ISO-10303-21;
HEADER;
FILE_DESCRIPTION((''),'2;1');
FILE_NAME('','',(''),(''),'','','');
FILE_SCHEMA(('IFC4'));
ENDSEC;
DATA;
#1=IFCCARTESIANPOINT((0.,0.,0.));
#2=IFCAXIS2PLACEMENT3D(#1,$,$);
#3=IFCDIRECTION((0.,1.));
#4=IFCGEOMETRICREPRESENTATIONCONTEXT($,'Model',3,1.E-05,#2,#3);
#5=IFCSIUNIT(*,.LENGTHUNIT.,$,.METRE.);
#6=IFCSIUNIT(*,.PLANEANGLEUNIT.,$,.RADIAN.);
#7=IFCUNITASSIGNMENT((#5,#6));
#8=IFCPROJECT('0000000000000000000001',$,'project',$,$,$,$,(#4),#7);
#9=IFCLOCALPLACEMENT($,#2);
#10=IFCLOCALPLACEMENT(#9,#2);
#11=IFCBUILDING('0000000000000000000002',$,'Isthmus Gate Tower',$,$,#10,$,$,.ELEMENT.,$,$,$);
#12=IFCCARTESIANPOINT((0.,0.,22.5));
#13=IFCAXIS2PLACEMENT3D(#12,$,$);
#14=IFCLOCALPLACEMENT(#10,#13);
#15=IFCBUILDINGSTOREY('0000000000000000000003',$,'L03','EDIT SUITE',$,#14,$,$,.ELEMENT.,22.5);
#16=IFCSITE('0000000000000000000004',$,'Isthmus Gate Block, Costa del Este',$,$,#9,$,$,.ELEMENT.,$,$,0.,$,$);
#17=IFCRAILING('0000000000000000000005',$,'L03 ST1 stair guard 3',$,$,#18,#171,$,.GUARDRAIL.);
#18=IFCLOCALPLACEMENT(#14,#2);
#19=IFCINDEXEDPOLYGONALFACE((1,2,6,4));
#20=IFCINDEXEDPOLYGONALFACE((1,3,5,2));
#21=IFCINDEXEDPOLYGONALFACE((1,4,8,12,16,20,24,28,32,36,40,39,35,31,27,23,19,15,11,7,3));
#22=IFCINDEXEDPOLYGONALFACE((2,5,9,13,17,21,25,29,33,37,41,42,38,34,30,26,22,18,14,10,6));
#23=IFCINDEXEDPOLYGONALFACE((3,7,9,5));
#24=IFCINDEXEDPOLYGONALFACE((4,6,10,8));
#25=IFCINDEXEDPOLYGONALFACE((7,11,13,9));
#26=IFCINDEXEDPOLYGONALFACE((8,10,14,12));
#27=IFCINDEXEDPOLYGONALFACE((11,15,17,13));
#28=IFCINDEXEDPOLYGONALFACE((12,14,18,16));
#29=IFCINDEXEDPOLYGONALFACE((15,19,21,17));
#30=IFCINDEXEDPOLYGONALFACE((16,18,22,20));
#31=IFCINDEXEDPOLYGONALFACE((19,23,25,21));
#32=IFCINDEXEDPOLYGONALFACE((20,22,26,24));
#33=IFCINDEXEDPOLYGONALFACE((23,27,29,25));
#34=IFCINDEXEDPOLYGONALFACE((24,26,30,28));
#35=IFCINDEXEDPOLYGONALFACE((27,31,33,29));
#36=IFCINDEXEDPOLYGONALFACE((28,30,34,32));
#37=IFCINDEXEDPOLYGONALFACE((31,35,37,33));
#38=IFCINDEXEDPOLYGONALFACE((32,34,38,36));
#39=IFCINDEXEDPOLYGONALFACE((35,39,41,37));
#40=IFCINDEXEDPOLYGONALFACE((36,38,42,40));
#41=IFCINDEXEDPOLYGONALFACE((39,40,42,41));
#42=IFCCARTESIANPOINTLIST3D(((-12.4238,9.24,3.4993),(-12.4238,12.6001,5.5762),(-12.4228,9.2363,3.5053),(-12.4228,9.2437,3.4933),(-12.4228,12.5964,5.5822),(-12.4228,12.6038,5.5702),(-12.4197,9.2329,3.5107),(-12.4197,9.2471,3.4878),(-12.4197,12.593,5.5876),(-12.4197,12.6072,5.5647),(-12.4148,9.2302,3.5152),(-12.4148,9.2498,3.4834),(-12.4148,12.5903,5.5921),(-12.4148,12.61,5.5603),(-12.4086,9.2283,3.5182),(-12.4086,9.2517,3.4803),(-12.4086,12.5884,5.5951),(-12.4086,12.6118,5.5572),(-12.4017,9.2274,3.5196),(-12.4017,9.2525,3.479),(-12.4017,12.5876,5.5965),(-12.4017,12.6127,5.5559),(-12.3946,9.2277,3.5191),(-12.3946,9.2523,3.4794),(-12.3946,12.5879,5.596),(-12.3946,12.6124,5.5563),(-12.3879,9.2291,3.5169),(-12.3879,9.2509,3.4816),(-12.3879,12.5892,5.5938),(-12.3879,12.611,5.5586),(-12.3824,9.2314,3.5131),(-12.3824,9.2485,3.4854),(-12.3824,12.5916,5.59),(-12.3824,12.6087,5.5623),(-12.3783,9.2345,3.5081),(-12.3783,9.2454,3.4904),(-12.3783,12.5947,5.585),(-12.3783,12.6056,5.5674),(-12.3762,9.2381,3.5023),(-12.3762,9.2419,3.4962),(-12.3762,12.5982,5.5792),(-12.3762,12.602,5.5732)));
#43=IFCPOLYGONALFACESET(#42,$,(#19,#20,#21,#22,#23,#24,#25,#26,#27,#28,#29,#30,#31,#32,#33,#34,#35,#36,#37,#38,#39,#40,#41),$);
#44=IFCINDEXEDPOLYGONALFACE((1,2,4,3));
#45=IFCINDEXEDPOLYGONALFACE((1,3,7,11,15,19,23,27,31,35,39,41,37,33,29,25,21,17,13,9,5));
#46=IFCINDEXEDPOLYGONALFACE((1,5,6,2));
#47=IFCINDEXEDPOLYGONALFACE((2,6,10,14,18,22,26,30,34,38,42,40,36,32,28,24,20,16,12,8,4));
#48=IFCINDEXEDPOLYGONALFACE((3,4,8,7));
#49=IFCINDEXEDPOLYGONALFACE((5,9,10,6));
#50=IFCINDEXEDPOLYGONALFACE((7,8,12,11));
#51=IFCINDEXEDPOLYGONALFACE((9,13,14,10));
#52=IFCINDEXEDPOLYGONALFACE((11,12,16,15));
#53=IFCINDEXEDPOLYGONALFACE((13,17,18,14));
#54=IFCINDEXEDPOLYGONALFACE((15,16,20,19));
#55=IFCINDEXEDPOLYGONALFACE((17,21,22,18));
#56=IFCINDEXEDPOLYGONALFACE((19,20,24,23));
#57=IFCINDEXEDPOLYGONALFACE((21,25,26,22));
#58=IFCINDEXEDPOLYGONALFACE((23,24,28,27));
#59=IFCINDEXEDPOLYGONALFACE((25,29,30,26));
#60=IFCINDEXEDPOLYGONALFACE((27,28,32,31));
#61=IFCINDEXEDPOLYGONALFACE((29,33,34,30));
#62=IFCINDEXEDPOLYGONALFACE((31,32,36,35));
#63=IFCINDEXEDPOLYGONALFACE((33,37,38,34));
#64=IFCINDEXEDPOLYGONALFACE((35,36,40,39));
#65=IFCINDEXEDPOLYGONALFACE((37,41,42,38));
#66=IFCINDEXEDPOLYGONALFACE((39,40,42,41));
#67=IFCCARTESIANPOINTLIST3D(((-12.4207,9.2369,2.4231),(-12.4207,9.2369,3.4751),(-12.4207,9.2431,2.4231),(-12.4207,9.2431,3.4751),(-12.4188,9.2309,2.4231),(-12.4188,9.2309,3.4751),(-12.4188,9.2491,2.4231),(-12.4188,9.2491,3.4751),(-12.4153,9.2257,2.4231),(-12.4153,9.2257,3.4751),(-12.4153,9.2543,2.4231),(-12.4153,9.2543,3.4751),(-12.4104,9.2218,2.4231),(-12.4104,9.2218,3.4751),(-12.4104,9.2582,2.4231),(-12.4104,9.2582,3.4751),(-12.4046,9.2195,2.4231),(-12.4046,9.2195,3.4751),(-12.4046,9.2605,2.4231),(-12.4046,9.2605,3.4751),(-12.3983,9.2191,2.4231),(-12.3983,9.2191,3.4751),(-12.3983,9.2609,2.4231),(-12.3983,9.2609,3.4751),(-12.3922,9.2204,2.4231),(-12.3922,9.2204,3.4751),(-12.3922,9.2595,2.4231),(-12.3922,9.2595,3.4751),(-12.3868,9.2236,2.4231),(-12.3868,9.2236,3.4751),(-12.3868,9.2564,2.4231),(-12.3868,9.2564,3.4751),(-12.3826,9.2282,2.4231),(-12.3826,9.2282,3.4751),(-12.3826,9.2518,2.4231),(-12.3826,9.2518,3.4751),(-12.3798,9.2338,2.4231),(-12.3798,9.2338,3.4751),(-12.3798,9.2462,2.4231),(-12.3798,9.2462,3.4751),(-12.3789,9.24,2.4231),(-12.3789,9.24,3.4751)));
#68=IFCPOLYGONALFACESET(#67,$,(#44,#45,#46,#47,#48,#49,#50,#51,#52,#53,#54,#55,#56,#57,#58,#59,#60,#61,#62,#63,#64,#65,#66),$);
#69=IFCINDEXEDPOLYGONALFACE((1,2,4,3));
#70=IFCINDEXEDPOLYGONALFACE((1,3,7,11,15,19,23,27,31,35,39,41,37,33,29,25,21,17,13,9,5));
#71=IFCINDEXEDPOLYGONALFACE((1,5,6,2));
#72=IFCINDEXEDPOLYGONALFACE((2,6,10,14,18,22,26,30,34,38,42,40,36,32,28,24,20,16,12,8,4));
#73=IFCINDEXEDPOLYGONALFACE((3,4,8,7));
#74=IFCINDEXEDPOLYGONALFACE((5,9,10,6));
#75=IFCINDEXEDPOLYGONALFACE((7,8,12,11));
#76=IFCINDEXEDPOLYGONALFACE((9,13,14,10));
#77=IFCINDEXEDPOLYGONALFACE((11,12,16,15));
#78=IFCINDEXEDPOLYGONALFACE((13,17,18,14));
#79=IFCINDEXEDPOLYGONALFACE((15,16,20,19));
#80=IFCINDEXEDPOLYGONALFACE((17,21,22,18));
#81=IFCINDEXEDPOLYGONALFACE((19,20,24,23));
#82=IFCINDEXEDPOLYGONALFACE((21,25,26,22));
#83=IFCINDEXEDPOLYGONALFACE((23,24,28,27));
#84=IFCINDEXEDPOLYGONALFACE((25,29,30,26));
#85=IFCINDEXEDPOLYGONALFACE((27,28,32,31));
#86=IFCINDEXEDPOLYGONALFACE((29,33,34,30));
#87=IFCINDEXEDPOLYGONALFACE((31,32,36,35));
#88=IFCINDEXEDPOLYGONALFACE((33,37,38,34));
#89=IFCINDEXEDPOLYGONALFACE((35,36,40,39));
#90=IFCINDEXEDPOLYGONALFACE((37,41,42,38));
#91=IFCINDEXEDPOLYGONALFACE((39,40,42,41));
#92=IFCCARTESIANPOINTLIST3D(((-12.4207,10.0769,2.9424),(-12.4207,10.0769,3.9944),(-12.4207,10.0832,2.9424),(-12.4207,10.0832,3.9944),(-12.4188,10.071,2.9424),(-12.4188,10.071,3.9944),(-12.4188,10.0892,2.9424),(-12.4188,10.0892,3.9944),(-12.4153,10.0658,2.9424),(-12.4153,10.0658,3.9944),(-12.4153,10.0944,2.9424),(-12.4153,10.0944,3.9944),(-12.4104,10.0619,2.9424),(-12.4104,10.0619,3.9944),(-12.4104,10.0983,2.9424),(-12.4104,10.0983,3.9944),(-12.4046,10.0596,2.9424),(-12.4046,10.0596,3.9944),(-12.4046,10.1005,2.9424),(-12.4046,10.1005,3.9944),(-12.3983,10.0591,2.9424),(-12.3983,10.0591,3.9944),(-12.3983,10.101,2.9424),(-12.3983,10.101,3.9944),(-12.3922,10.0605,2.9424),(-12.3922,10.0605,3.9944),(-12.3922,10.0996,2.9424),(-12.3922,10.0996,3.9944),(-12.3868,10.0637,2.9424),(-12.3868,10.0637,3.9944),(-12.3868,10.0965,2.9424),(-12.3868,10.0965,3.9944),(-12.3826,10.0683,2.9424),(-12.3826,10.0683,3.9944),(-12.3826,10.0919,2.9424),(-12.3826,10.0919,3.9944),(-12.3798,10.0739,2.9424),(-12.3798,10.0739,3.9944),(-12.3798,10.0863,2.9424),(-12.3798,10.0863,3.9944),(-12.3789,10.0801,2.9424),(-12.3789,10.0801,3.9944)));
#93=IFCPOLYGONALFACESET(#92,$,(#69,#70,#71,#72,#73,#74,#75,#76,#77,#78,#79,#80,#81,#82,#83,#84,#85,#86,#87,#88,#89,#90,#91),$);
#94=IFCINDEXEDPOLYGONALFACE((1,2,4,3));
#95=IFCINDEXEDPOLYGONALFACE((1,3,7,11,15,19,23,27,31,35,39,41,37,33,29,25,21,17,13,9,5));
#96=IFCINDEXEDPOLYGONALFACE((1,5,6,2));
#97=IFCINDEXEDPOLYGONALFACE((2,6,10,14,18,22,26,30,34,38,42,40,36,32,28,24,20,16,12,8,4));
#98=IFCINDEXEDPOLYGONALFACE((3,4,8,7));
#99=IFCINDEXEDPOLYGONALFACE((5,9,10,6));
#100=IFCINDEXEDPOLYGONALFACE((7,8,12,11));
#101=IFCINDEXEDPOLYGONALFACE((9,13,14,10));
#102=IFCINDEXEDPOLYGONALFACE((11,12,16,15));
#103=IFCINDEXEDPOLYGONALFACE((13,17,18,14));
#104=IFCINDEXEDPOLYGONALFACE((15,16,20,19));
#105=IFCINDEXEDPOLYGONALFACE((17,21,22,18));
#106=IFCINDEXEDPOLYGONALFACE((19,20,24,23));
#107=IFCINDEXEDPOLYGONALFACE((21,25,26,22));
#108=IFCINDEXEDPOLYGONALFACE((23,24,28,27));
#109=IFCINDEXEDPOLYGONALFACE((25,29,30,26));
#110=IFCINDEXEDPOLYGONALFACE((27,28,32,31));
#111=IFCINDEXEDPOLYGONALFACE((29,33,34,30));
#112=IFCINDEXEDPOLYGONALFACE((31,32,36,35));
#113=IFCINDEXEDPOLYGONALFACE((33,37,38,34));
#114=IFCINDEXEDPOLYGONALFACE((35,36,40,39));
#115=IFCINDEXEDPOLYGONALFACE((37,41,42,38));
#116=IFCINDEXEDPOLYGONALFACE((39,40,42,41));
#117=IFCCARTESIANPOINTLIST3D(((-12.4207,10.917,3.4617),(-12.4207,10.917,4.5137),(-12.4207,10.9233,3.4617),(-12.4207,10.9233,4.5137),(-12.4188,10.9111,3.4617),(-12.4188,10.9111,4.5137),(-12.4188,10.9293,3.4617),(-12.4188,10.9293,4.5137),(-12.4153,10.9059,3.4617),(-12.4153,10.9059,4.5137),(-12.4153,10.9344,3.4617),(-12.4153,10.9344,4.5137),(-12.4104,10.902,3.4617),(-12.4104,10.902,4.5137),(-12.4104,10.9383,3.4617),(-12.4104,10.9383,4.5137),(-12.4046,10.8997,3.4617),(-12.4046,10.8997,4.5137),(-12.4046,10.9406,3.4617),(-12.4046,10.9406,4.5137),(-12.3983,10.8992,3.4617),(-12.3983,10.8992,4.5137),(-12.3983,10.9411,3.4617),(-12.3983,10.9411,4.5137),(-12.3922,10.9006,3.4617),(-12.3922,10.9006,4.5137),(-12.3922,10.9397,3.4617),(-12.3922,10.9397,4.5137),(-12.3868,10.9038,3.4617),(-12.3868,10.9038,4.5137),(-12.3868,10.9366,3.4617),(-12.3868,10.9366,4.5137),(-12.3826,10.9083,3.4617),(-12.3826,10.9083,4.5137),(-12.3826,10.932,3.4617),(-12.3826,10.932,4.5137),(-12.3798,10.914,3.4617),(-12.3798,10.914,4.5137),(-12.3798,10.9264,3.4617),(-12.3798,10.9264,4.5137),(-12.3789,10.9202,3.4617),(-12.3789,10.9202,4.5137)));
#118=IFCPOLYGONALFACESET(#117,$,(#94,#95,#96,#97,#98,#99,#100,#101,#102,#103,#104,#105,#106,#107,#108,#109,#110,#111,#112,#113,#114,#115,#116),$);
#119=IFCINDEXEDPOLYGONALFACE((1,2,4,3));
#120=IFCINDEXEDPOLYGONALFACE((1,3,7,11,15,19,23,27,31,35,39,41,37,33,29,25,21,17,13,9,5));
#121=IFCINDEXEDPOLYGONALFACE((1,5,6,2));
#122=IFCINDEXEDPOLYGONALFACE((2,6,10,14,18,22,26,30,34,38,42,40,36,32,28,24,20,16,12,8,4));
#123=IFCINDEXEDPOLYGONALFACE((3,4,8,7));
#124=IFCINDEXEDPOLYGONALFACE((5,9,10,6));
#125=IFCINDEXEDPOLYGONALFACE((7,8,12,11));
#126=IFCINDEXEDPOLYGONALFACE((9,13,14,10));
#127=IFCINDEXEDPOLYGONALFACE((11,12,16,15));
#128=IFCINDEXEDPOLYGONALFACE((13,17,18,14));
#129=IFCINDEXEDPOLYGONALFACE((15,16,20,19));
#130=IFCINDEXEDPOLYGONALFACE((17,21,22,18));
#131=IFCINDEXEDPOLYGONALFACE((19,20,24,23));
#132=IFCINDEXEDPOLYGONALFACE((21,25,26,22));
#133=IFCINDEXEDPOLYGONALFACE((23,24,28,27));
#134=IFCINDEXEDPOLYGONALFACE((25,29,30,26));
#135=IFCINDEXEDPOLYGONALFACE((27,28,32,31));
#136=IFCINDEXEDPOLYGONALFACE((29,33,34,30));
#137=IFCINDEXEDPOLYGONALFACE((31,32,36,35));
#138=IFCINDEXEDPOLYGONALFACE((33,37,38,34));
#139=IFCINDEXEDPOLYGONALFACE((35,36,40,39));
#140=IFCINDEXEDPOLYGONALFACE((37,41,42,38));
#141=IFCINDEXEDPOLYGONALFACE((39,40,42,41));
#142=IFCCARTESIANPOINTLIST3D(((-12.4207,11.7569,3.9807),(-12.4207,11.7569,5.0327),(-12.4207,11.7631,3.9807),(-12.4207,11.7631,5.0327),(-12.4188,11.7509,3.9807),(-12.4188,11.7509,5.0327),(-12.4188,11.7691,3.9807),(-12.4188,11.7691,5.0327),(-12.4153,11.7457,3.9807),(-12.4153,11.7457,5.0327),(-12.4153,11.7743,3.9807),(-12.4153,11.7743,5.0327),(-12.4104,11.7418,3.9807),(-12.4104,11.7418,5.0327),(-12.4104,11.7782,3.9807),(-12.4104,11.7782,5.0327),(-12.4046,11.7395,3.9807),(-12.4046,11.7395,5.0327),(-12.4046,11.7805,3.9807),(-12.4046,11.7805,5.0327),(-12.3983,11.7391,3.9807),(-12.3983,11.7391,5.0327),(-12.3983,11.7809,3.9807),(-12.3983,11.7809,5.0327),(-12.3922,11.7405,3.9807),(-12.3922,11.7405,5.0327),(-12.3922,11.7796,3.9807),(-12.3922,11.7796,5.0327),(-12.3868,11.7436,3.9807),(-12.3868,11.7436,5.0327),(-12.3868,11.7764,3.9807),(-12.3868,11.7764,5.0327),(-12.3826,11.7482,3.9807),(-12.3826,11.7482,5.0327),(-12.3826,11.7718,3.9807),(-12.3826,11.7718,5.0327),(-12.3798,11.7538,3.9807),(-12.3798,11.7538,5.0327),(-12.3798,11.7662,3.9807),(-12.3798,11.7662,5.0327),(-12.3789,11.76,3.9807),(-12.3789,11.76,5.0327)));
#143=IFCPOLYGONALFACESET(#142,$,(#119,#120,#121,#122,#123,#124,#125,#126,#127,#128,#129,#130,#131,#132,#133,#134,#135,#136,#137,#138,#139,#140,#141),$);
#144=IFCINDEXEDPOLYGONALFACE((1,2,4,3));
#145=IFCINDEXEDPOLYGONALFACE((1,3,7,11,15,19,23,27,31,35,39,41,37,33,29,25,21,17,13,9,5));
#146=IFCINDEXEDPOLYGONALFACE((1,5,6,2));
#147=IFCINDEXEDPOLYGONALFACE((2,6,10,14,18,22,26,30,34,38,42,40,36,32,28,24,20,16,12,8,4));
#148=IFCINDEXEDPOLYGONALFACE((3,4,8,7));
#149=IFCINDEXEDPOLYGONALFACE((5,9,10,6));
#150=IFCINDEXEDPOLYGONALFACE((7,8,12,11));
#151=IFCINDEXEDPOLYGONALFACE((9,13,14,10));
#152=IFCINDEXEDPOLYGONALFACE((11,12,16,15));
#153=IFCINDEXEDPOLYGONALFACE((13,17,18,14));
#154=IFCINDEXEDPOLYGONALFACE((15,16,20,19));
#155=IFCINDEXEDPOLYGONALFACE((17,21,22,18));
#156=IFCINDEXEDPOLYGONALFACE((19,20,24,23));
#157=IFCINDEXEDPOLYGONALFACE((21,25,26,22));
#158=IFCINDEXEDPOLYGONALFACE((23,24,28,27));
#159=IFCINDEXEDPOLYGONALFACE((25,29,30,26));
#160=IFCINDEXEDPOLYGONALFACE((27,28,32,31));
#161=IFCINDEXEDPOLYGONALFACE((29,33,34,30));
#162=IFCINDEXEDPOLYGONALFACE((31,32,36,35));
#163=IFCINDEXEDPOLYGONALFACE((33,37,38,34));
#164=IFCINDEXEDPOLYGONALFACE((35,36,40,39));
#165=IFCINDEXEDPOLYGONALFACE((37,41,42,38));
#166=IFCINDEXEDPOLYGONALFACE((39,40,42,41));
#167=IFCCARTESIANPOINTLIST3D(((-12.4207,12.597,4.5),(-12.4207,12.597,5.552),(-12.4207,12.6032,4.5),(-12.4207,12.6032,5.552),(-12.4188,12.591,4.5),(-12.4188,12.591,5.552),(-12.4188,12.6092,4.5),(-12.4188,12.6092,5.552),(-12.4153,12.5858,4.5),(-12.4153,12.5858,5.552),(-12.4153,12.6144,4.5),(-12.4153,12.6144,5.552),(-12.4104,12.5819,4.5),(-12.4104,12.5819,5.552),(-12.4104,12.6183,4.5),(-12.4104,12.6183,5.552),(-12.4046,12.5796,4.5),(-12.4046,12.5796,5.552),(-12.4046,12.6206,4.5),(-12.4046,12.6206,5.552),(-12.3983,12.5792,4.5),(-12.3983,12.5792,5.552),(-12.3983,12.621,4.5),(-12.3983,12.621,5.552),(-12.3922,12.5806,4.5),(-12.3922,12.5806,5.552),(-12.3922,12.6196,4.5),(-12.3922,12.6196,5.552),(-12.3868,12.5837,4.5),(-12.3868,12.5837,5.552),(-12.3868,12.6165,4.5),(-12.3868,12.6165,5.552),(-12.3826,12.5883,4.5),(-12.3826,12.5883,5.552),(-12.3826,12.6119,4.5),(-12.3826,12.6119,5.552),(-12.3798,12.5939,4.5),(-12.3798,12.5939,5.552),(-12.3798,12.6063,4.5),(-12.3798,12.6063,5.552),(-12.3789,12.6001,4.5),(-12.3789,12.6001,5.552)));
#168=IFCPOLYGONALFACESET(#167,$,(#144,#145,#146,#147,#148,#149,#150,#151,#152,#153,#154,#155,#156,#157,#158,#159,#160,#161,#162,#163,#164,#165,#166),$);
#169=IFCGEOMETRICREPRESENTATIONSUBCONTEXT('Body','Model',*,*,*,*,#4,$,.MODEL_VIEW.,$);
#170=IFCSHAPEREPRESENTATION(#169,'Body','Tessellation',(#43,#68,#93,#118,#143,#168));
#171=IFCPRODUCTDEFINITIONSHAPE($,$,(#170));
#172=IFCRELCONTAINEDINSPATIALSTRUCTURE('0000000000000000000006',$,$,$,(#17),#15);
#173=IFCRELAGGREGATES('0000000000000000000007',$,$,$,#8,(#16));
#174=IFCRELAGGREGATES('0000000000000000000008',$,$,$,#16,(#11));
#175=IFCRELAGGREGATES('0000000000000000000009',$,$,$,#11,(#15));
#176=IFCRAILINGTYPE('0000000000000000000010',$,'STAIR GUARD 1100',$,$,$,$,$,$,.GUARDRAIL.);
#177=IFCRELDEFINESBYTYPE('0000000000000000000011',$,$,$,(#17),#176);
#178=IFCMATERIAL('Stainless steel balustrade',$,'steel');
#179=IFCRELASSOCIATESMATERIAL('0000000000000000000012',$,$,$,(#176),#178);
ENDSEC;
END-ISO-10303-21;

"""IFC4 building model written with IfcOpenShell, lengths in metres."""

from ifc_helpers import new_model, si_unit, direction, frame, origin, origin_2d, place, context, subcontext, project, spatial, circle, extrude, material, type_object, element, save


model = new_model("IFC4")

# Units and contexts
model_context = context("Model", 3, precision=1e-05, world=origin(), true_north=direction((0.0, 1.0)))
body_context = subcontext(model_context, "Body", "Model", "MODEL_VIEW")
ifc_project = project(units=[si_unit("LENGTHUNIT", "METRE"), si_unit("PLANEANGLEUNIT", "RADIAN")], contexts=[model_context])

# Site, building, storey
site_placement = place(None, origin())
site = spatial("IfcSite", under=ifc_project, at=site_placement, Name="Isthmus Gate Block, Costa del Este", CompositionType="ELEMENT", RefElevation=0.0)
building_placement = place(site_placement, origin())
building = spatial("IfcBuilding", under=site, at=building_placement, Name="Isthmus Gate Tower", CompositionType="ELEMENT")
storey_placement = place(building_placement, frame((0.0, 0.0, 22.5)))
storey = spatial("IfcBuildingStorey", under=building, at=storey_placement, Name="L03", Description="EDIT SUITE", CompositionType="ELEMENT", Elevation=22.5)

# Railing
ifc_material_1 = material(Name="Stainless steel balustrade", Category="steel")
railing_type_1 = type_object("IfcRailingType", Name="STAIR GUARD 1100", PredefinedType="GUARDRAIL", material=ifc_material_1)
railing_1_placement = place(storey_placement, frame((-12.3999, 9.24, 2.4231)))
element("IfcRailing", 1, at=railing_1_placement, inside=storey, type_object=railing_type_1, Name="L03 ST1 stair guard 3", PredefinedType="GUARDRAIL", context=body_context, shape_type="SweptSolid", body=[
    extrude(circle(Radius=0.0239, at=origin_2d()), frame((0.0, 0.0, 1.0762), z_axis=(0.0, 0.850623, 0.525776), x_axis=(-1.0, 0.0, 0.0)), (0.0, 0.0, 1.0), 3.9502),
    extrude(circle(Radius=0.021, at=origin_2d()), origin(), (0.0, 0.0, 1.0), 1.052),
    extrude(circle(Radius=0.021, at=origin_2d()), frame((0.0, 0.8401, 0.5193)), (0.0, 0.0, 1.0), 1.052),
    extrude(circle(Radius=0.021, at=origin_2d()), frame((0.0, 1.6802, 1.0386)), (0.0, 0.0, 1.0), 1.052),
    extrude(circle(Radius=0.021, at=origin_2d()), frame((0.0, 2.52, 1.5576)), (0.0, 0.0, 1.0), 1.052),
    extrude(circle(Radius=0.021, at=origin_2d()), frame((0.0, 3.3601, 2.0769)), (0.0, 0.0, 1.0), 1.052),
])

save(model, "model.ifc")
